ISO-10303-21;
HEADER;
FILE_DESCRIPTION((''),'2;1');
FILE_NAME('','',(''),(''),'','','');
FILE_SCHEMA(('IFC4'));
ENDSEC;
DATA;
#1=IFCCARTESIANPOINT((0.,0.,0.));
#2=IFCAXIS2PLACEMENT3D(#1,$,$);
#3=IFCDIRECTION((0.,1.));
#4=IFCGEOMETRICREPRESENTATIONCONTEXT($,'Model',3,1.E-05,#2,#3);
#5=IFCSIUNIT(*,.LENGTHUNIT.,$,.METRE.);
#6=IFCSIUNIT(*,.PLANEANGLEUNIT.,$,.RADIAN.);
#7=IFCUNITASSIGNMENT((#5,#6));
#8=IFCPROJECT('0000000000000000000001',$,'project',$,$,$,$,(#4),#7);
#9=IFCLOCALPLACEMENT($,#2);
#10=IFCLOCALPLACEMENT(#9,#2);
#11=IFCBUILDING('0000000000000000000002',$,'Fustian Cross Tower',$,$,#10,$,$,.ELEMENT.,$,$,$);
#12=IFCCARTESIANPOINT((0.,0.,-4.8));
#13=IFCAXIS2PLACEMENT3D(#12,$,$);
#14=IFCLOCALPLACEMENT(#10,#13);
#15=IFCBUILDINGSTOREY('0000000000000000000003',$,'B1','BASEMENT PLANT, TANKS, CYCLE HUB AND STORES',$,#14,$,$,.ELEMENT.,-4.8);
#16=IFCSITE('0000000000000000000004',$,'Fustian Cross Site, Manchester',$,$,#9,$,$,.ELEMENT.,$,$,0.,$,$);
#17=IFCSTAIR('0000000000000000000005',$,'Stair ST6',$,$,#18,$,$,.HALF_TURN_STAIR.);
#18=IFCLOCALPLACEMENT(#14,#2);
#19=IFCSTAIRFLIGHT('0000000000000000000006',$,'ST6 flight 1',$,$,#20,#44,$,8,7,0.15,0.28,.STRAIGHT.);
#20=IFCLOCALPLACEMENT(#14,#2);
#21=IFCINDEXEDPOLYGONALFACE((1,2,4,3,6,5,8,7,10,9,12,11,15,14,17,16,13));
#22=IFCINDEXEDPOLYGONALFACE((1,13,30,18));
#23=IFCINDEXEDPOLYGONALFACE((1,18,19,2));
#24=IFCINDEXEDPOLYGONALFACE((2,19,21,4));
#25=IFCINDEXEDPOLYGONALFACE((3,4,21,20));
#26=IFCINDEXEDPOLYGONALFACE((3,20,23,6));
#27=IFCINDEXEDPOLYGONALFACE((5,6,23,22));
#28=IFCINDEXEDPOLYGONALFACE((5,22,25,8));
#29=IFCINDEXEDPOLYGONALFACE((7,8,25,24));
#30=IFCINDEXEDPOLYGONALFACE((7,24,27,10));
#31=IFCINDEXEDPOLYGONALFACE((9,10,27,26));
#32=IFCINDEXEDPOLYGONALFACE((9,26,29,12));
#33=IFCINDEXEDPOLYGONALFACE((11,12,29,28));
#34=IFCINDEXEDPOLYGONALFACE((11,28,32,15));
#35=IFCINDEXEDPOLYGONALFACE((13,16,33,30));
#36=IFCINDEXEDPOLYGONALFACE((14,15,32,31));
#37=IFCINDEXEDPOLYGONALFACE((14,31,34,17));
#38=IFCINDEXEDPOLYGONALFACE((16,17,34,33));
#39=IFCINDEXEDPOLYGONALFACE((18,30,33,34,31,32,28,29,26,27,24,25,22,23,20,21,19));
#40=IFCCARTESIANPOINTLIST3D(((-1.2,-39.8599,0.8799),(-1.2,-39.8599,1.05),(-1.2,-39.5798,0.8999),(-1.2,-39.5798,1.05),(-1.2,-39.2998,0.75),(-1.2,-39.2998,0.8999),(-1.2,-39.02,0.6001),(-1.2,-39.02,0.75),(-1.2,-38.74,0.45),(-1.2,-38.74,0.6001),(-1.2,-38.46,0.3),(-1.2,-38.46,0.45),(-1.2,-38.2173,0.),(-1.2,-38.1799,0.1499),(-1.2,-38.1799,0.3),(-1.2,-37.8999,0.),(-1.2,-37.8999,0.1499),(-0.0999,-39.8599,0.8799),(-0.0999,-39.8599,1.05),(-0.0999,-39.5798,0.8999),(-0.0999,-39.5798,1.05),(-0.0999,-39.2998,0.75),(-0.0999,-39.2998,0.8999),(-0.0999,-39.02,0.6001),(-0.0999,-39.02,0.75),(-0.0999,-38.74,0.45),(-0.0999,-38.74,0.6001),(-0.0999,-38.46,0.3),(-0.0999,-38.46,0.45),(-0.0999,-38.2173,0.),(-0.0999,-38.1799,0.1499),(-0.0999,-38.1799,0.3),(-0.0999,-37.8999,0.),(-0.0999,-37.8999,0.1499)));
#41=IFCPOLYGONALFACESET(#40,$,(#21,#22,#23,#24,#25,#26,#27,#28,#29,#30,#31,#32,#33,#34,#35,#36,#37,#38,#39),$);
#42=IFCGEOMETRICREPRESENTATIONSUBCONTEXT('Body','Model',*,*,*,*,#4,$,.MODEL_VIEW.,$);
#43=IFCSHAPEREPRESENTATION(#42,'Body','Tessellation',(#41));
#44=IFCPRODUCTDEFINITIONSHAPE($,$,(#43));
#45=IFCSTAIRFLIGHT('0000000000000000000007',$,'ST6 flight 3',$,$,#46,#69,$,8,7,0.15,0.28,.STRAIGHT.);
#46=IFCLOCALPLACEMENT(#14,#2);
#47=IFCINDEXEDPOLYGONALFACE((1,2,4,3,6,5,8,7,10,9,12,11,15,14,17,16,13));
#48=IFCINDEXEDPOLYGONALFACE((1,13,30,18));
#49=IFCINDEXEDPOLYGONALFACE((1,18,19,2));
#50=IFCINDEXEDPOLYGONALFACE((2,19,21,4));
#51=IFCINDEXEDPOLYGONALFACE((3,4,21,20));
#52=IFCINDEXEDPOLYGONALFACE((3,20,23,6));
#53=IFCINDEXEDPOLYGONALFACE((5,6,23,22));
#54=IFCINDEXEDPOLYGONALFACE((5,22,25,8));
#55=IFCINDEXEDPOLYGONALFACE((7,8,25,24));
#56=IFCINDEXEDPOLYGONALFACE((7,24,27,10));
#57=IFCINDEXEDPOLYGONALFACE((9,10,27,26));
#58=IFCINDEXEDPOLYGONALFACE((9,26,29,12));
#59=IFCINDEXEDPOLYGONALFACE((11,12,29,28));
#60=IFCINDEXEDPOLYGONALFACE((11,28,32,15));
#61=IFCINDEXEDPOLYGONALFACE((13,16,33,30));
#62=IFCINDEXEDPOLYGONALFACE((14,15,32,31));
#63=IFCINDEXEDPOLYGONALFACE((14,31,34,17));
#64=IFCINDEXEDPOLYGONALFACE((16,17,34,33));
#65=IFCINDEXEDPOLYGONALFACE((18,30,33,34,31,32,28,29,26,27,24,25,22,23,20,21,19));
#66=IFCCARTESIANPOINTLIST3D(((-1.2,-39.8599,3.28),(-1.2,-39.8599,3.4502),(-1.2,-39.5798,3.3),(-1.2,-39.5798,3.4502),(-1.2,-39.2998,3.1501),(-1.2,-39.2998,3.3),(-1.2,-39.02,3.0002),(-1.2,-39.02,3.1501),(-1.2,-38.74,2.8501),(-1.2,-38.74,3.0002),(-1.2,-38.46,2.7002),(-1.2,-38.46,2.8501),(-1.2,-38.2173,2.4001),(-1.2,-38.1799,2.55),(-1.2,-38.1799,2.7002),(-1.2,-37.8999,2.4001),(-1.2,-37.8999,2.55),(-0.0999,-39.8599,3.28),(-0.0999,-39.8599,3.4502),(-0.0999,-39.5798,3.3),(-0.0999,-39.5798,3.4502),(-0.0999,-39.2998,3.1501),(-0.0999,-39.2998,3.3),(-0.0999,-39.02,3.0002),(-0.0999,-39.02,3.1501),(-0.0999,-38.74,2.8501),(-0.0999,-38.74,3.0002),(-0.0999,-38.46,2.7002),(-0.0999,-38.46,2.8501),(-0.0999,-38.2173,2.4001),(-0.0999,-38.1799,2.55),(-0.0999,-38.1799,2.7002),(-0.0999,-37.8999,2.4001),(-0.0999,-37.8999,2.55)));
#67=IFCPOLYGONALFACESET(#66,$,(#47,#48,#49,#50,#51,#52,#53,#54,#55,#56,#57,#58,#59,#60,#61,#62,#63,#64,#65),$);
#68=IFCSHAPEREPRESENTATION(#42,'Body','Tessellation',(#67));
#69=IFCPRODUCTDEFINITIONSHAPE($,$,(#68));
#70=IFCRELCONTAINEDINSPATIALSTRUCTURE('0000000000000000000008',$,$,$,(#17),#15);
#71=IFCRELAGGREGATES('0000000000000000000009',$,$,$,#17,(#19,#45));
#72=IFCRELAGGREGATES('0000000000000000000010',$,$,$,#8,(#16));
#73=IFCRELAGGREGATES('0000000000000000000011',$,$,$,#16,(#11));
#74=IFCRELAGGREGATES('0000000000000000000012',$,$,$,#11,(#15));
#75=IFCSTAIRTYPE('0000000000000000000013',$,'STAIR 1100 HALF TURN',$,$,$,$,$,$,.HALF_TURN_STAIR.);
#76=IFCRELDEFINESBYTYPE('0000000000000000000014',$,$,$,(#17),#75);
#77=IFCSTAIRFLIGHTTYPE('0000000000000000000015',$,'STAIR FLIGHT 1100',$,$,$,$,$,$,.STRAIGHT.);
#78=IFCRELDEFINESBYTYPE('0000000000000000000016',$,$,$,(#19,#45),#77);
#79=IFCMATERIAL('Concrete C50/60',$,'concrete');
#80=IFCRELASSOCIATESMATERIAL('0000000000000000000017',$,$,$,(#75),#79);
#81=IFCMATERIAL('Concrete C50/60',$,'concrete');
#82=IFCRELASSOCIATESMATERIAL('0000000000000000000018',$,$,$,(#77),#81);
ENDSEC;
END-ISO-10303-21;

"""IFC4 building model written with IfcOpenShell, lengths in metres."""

from ifc_helpers import new_model, si_unit, direction, frame, origin, place, context, subcontext, project, spatial, polyline, outline, extrude, material, type_object, element, aggregate, save


model = new_model("IFC4")

# Units and contexts
model_context = context("Model", 3, precision=1e-05, world=origin(), true_north=direction((0.0, 1.0)))
body_context = subcontext(model_context, "Body", "Model", "MODEL_VIEW")
ifc_project = project(units=[si_unit("LENGTHUNIT", "METRE"), si_unit("PLANEANGLEUNIT", "RADIAN")], contexts=[model_context])

# Site, building, storey
site_placement = place(None, origin())
site = spatial("IfcSite", under=ifc_project, at=site_placement, Name="Fustian Cross Site, Manchester", CompositionType="ELEMENT", RefElevation=0.0)
building_placement = place(site_placement, origin())
building = spatial("IfcBuilding", under=site, at=building_placement, Name="Fustian Cross Tower", CompositionType="ELEMENT")
storey_placement = place(building_placement, frame((0.0, 0.0, -4.8)))
storey = spatial("IfcBuildingStorey", under=building, at=storey_placement, Name="B1", Description="BASEMENT PLANT, TANKS, CYCLE HUB AND STORES", CompositionType="ELEMENT", Elevation=-4.8)

# Stair, stair flights
ifc_material_1 = material(Name="Concrete C50/60", Category="concrete")
stair_type = type_object("IfcStairType", Name="STAIR 1100 HALF TURN", PredefinedType="HALF_TURN_STAIR", material=ifc_material_1)
stair_placement = place(storey_placement, origin())
stair = element("IfcStair", 1, at=stair_placement, inside=storey, type_object=stair_type, Name="Stair ST6", PredefinedType="HALF_TURN_STAIR")
ifc_material_2 = material(Name="Concrete C50/60", Category="concrete")
stair_flight_type = type_object("IfcStairFlightType", Name="STAIR FLIGHT 1100", PredefinedType="STRAIGHT", material=ifc_material_2)
stair_flight_1_placement = place(storey_placement, frame((-0.6499, -37.8999, 0.0), z_axis=(0.0, 0.0, 1.0), x_axis=(0.0, -1.0, 0.0)))
stair_flight_1 = element("IfcStairFlight", 2, at=stair_flight_1_placement, type_object=stair_flight_type, Name="ST6 flight 1", NumberOfRisers=8, NumberOfTreads=7, PredefinedType="STRAIGHT", RiserHeight=0.15, TreadLength=0.28, context=body_context, shape_type="SweptSolid", body=[
    extrude(outline(polyline([(0.0, 0.0), (0.0, 0.1499), (0.28, 0.1499), (0.28, 0.3), (0.5601, 0.3), (0.5601, 0.45), (0.8401, 0.45), (0.8401, 0.6001), (1.1201, 0.6001), (1.1201, 0.75), (1.3999, 0.75), (1.3999, 0.8999), (1.6799, 0.8999), (1.6799, 1.05), (1.96, 1.05), (1.96, 1.2), (1.96, 0.8799), (0.3174, 0.0), (0.0, 0.0)])), frame((0.0, 0.55, 0.0), z_axis=(0.0, -1.0, 0.0), x_axis=(1.0, 0.0, 0.0)), (0.0, 0.0, 1.0), 1.1001),
])
stair_flight_2_placement = place(storey_placement, frame((-0.6499, -37.8999, 2.4001), z_axis=(0.0, 0.0, 1.0), x_axis=(0.0, -1.0, 0.0)))
stair_flight_2 = element("IfcStairFlight", 3, at=stair_flight_2_placement, type_object=stair_flight_type, Name="ST6 flight 3", NumberOfRisers=8, NumberOfTreads=7, PredefinedType="STRAIGHT", RiserHeight=0.15, TreadLength=0.28, context=body_context, shape_type="SweptSolid", body=[
    extrude(outline(polyline([(0.0, 0.0), (0.0, 0.1499), (0.28, 0.1499), (0.28, 0.3), (0.5601, 0.3), (0.5601, 0.45), (0.8401, 0.45), (0.8401, 0.6001), (1.1201, 0.6001), (1.1201, 0.75), (1.3999, 0.75), (1.3999, 0.8999), (1.6799, 0.8999), (1.6799, 1.05), (1.96, 1.05), (1.96, 1.2), (1.96, 0.8799), (0.3174, 0.0), (0.0, 0.0)])), frame((0.0, 0.55, 0.0), z_axis=(0.0, -1.0, 0.0), x_axis=(1.0, 0.0, 0.0)), (0.0, 0.0, 1.0), 1.1001),
])
aggregate(stair, [stair_flight_1, stair_flight_2])

save(model, "model.ifc")
